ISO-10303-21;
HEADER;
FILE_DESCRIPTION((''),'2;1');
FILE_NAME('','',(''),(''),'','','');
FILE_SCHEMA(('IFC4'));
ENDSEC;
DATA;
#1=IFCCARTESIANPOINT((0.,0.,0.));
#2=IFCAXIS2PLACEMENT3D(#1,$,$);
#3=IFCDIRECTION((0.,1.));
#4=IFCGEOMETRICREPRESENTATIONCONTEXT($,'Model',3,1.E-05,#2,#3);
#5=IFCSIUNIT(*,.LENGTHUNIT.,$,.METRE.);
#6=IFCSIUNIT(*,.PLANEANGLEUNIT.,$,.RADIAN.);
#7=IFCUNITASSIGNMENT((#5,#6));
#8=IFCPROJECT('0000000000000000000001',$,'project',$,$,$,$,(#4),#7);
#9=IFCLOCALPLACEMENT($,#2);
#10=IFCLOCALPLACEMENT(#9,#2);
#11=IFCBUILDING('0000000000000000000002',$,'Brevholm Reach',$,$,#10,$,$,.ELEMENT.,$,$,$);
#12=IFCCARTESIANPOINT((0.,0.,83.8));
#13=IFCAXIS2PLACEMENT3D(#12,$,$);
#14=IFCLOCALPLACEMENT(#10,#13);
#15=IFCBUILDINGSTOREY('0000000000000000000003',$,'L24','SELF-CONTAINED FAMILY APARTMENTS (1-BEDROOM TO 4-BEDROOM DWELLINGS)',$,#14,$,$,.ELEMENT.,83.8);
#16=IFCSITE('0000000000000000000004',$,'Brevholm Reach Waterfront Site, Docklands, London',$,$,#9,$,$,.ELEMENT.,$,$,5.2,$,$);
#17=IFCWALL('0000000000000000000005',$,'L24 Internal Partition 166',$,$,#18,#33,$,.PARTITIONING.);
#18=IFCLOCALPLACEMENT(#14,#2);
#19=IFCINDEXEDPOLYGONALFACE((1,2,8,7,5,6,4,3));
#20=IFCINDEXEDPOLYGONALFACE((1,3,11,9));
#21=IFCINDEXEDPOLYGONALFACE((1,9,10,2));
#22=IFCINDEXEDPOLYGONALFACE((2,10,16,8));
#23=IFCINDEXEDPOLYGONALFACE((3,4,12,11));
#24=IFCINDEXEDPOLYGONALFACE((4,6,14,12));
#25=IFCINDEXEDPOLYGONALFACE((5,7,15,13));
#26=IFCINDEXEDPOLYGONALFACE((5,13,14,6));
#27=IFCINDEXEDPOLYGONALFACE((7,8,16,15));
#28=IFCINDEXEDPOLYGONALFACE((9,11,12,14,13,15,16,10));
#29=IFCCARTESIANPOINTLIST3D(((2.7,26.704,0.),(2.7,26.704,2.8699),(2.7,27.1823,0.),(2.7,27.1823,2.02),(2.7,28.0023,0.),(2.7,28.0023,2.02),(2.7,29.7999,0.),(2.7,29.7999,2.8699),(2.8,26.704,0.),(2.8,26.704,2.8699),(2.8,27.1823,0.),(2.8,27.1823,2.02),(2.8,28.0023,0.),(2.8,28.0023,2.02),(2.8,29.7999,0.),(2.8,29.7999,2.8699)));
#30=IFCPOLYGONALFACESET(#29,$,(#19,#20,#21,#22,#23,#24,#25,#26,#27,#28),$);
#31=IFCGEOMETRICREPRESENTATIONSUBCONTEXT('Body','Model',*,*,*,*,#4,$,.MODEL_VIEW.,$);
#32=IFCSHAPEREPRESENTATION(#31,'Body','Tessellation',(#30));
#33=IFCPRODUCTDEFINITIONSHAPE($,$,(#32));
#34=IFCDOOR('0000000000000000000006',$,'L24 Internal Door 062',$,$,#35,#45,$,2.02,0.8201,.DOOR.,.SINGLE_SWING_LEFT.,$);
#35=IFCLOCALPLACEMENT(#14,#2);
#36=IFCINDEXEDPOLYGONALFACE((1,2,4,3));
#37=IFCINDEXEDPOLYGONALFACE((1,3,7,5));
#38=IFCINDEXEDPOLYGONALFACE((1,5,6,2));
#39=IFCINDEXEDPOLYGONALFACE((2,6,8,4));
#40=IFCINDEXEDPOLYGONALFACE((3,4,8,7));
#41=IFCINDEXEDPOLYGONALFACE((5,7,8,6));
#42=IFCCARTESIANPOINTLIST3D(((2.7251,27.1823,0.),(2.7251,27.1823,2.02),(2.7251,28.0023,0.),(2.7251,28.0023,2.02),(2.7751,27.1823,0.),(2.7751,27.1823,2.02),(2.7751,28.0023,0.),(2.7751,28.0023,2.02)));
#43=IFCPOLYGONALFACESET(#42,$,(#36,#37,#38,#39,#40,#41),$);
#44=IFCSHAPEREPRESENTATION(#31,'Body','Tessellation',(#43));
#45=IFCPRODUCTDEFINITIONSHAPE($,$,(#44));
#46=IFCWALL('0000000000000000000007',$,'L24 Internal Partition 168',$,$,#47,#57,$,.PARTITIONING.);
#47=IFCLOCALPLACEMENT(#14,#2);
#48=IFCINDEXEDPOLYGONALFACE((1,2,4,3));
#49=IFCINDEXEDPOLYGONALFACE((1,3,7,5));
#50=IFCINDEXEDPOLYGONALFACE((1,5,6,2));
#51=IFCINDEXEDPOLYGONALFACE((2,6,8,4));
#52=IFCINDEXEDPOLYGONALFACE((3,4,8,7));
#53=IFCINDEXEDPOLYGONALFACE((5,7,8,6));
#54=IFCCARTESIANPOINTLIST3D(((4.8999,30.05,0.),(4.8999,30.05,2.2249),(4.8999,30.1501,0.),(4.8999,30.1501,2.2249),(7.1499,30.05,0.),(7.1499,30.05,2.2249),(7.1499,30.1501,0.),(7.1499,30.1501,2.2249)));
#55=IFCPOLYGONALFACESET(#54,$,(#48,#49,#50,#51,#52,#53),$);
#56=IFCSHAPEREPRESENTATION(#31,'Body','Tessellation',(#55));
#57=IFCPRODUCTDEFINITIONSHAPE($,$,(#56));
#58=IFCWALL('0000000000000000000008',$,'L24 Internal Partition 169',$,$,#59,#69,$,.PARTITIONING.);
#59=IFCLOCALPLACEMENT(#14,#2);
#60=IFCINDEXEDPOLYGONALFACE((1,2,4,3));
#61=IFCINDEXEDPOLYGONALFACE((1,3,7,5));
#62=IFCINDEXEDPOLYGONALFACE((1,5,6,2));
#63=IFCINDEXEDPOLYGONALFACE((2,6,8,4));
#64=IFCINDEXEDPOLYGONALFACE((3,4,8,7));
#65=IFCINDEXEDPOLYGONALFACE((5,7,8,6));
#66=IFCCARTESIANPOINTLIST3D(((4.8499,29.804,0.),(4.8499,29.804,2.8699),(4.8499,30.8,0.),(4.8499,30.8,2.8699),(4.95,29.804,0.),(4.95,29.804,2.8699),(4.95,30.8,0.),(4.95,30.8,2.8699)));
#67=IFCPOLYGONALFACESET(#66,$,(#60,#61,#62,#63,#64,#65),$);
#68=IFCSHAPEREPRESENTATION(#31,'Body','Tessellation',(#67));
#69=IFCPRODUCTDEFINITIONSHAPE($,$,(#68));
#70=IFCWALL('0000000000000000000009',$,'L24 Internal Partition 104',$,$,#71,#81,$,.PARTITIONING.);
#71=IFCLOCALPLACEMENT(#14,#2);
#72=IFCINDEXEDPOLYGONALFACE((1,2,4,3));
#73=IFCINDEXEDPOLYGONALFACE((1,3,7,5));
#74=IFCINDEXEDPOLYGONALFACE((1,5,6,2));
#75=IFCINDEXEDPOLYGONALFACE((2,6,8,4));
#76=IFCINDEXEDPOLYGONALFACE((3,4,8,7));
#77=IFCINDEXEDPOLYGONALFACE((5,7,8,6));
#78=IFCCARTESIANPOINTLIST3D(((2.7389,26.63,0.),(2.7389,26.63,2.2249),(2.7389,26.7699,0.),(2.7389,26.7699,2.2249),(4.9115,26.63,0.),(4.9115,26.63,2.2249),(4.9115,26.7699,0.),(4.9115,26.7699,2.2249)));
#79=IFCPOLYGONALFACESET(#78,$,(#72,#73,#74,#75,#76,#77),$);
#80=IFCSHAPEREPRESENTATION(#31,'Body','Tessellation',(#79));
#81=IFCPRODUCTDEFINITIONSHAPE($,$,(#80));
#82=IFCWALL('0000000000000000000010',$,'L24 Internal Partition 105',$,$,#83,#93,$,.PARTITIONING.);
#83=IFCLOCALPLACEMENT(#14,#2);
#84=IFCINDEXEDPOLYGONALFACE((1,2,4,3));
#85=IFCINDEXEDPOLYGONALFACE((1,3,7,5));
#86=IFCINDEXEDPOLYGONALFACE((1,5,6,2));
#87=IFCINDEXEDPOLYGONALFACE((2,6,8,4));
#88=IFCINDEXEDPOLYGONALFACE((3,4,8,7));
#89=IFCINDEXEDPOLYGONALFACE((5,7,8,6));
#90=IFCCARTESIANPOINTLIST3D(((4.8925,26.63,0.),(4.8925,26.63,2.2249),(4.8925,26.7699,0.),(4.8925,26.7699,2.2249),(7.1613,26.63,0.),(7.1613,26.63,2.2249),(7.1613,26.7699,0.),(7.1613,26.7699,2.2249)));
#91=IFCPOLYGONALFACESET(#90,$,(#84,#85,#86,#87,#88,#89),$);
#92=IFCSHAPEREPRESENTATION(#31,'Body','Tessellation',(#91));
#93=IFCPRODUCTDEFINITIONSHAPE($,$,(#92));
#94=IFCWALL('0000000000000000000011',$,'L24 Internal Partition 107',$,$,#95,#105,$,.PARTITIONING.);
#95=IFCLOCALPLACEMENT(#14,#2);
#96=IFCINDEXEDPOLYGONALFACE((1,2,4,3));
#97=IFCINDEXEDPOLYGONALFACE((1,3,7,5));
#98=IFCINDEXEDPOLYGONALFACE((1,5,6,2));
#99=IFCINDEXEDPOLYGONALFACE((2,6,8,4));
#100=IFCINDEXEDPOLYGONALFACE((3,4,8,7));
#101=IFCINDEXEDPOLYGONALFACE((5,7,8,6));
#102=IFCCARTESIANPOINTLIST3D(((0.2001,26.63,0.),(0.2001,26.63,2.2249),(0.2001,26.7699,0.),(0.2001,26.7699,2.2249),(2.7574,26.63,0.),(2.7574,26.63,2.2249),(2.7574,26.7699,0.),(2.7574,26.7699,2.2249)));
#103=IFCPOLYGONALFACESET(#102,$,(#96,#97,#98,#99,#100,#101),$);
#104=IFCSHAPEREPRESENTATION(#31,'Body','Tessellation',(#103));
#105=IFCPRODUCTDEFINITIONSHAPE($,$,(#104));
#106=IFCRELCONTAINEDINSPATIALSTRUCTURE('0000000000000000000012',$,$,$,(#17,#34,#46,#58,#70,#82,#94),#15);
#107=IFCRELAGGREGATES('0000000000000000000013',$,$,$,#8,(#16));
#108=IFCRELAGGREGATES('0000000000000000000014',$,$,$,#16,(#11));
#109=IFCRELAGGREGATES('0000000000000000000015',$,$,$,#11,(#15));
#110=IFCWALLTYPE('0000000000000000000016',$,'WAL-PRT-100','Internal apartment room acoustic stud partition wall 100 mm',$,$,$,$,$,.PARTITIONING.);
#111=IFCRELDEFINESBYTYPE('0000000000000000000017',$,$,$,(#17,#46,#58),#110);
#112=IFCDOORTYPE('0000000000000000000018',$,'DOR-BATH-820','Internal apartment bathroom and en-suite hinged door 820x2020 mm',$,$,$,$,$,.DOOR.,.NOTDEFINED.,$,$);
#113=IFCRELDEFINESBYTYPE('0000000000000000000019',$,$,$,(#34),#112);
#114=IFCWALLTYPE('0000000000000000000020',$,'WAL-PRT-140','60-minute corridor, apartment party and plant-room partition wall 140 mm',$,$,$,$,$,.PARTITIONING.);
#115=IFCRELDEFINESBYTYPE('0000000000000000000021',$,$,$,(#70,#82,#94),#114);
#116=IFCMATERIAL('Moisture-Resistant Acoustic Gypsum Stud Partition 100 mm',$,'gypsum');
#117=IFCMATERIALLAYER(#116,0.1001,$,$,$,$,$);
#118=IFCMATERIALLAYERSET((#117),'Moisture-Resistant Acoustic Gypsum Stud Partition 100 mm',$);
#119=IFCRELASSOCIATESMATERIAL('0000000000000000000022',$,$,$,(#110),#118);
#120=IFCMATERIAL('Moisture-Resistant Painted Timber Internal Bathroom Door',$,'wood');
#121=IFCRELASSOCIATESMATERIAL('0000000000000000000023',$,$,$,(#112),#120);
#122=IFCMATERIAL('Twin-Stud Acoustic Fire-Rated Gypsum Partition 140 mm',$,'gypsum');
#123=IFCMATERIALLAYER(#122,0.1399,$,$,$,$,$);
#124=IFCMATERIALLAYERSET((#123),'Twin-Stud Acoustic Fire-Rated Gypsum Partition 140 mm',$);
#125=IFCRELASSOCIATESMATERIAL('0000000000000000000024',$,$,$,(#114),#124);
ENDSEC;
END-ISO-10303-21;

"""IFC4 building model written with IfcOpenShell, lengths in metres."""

from ifc_helpers import new_model, si_unit, direction, frame, frame_2d, origin, place, context, subcontext, project, spatial, rectangle, extrude, material, layer, layer_set, type_object, element, fill, save


model = new_model("IFC4")

# Units and contexts
model_context = context("Model", 3, precision=1e-05, world=origin(), true_north=direction((0.0, 1.0)))
body_context = subcontext(model_context, "Body", "Model", "MODEL_VIEW")
ifc_project = project(units=[si_unit("LENGTHUNIT", "METRE"), si_unit("PLANEANGLEUNIT", "RADIAN")], contexts=[model_context])

# Site, building, storey
site_placement = place(None, origin())
site = spatial("IfcSite", under=ifc_project, at=site_placement, Name="Brevholm Reach Waterfront Site, Docklands, London", CompositionType="ELEMENT", RefElevation=5.2)
building_placement = place(site_placement, origin())
building = spatial("IfcBuilding", under=site, at=building_placement, Name="Brevholm Reach", CompositionType="ELEMENT")
storey_placement = place(building_placement, frame((0.0, 0.0, 83.8)))
storey = spatial("IfcBuildingStorey", under=building, at=storey_placement, Name="L24", Description="SELF-CONTAINED FAMILY APARTMENTS (1-BEDROOM TO 4-BEDROOM DWELLINGS)", CompositionType="ELEMENT", Elevation=83.8)

# Shared definitions
ifc_material_1 = material(Name="Moisture-Resistant Acoustic Gypsum Stud Partition 100 mm", Category="gypsum")
ifc_layer_1 = layer(ifc_material_1, 0.1001)
ifc_layer_set_1 = layer_set([ifc_layer_1], Name="Moisture-Resistant Acoustic Gypsum Stud Partition 100 mm")
wall_type_1 = type_object("IfcWallType", Name="WAL-PRT-100", Description="Internal apartment room acoustic stud partition wall 100 mm", PredefinedType="PARTITIONING", material=ifc_layer_set_1)

# Wall, opening, door
wall_1_placement = place(storey_placement, frame((2.75, 26.7041, 0.0), z_axis=(0.0, 0.0, 1.0), x_axis=(0.0, 1.0, 0.0)))
wall_1 = element("IfcWall", 1, at=wall_1_placement, inside=storey, type_object=wall_type_1, Name="L24 Internal Partition 166", PredefinedType="PARTITIONING", context=body_context, shape_type="SweptSolid", body=[
    extrude(rectangle(XDim=3.0959, YDim=0.1001, at=frame_2d((1.5479, 0.0))), origin(), (0.0, 0.0, 1.0), 2.8699),
])
opening_1_placement = place(wall_1_placement, frame((0.478, 0.0, 0.0)))
opening_1 = element("IfcOpeningElement", 2, at=opening_1_placement, cuts=wall_1, PredefinedType="OPENING", context=body_context, shape_type="SweptSolid", body=[
    extrude(rectangle(XDim=0.8201, YDim=2.02, at=frame_2d((0.4102, 1.01))), frame((0.0, 0.0601, 0.0), z_axis=(0.0, -1.0, 0.0), x_axis=(1.0, 0.0, 0.0)), (0.0, 0.0, 1.0), 0.1201),
])
ifc_material_2 = material(Name="Moisture-Resistant Painted Timber Internal Bathroom Door", Category="wood")
door_type_1 = type_object("IfcDoorType", Name="DOR-BATH-820", Description="Internal apartment bathroom and en-suite hinged door 820x2020 mm", OperationType="NOTDEFINED", PredefinedType="DOOR", material=ifc_material_2)
door_1_placement = place(opening_1_placement, origin())
door_1 = element("IfcDoor", 3, at=door_1_placement, inside=storey, type_object=door_type_1, Name="L24 Internal Door 062", OperationType="SINGLE_SWING_LEFT", OverallHeight=2.02, OverallWidth=0.8201, PredefinedType="DOOR", context=body_context, shape_type="SweptSolid", body=[
    extrude(rectangle(XDim=0.8201, YDim=2.02, at=frame_2d((0.4102, 1.01))), frame((0.0, 0.0249, 0.0), z_axis=(0.0, -1.0, 0.0), x_axis=(1.0, 0.0, 0.0)), (0.0, 0.0, 1.0), 0.05),
])
fill(opening_1, door_1)

# Walls
wall_2_placement = place(storey_placement, frame((4.8999, 30.1001, 0.0), z_axis=(0.0, 0.0, 1.0), x_axis=(1.0, 0.0, 0.0)))
element("IfcWall", 4, at=wall_2_placement, inside=storey, type_object=wall_type_1, Name="L24 Internal Partition 168", PredefinedType="PARTITIONING", context=body_context, shape_type="SweptSolid", body=[
    extrude(rectangle(XDim=2.25, YDim=0.1001, at=frame_2d((1.125, 0.0))), origin(), (0.0, 0.0, 1.0), 2.2249),
])
wall_3_placement = place(storey_placement, frame((4.8999, 29.804, 0.0), z_axis=(0.0, 0.0, 1.0), x_axis=(0.0, 1.0, 0.0)))
element("IfcWall", 5, at=wall_3_placement, inside=storey, type_object=wall_type_1, Name="L24 Internal Partition 169", PredefinedType="PARTITIONING", context=body_context, shape_type="SweptSolid", body=[
    extrude(rectangle(XDim=0.9961, YDim=0.1001, at=frame_2d((0.498, 0.0))), origin(), (0.0, 0.0, 1.0), 2.8699),
])
ifc_material_3 = material(Name="Twin-Stud Acoustic Fire-Rated Gypsum Partition 140 mm", Category="gypsum")
ifc_layer_2 = layer(ifc_material_3, 0.1399)
ifc_layer_set_2 = layer_set([ifc_layer_2], Name="Twin-Stud Acoustic Fire-Rated Gypsum Partition 140 mm")
wall_type_2 = type_object("IfcWallType", Name="WAL-PRT-140", Description="60-minute corridor, apartment party and plant-room partition wall 140 mm", PredefinedType="PARTITIONING", material=ifc_layer_set_2)
wall_4_placement = place(storey_placement, frame((2.7388, 26.7, 0.0), z_axis=(0.0, 0.0, 1.0), x_axis=(1.0, 0.0, 0.0)))
element("IfcWall", 6, at=wall_4_placement, inside=storey, type_object=wall_type_2, Name="L24 Internal Partition 104", PredefinedType="PARTITIONING", context=body_context, shape_type="SweptSolid", body=[
    extrude(rectangle(XDim=2.1726, YDim=0.1399, at=frame_2d((1.0864, 0.0))), origin(), (0.0, 0.0, 1.0), 2.2249),
])
wall_5_placement = place(storey_placement, frame((4.8926, 26.7, 0.0), z_axis=(0.0, 0.0, 1.0), x_axis=(1.0, 0.0, 0.0)))
element("IfcWall", 7, at=wall_5_placement, inside=storey, type_object=wall_type_2, Name="L24 Internal Partition 105", PredefinedType="PARTITIONING", context=body_context, shape_type="SweptSolid", body=[
    extrude(rectangle(XDim=2.2688, YDim=0.1399, at=frame_2d((1.1343, 0.0))), origin(), (0.0, 0.0, 1.0), 2.2249),
])
wall_6_placement = place(storey_placement, frame((0.2, 26.7, 0.0), z_axis=(0.0, 0.0, 1.0), x_axis=(1.0, 0.0, 0.0)))
element("IfcWall", 8, at=wall_6_placement, inside=storey, type_object=wall_type_2, Name="L24 Internal Partition 107", PredefinedType="PARTITIONING", context=body_context, shape_type="SweptSolid", body=[
    extrude(rectangle(XDim=2.5574, YDim=0.1399, at=frame_2d((1.2788, 0.0))), origin(), (0.0, 0.0, 1.0), 2.2249),
])

save(model, "model.ifc")
